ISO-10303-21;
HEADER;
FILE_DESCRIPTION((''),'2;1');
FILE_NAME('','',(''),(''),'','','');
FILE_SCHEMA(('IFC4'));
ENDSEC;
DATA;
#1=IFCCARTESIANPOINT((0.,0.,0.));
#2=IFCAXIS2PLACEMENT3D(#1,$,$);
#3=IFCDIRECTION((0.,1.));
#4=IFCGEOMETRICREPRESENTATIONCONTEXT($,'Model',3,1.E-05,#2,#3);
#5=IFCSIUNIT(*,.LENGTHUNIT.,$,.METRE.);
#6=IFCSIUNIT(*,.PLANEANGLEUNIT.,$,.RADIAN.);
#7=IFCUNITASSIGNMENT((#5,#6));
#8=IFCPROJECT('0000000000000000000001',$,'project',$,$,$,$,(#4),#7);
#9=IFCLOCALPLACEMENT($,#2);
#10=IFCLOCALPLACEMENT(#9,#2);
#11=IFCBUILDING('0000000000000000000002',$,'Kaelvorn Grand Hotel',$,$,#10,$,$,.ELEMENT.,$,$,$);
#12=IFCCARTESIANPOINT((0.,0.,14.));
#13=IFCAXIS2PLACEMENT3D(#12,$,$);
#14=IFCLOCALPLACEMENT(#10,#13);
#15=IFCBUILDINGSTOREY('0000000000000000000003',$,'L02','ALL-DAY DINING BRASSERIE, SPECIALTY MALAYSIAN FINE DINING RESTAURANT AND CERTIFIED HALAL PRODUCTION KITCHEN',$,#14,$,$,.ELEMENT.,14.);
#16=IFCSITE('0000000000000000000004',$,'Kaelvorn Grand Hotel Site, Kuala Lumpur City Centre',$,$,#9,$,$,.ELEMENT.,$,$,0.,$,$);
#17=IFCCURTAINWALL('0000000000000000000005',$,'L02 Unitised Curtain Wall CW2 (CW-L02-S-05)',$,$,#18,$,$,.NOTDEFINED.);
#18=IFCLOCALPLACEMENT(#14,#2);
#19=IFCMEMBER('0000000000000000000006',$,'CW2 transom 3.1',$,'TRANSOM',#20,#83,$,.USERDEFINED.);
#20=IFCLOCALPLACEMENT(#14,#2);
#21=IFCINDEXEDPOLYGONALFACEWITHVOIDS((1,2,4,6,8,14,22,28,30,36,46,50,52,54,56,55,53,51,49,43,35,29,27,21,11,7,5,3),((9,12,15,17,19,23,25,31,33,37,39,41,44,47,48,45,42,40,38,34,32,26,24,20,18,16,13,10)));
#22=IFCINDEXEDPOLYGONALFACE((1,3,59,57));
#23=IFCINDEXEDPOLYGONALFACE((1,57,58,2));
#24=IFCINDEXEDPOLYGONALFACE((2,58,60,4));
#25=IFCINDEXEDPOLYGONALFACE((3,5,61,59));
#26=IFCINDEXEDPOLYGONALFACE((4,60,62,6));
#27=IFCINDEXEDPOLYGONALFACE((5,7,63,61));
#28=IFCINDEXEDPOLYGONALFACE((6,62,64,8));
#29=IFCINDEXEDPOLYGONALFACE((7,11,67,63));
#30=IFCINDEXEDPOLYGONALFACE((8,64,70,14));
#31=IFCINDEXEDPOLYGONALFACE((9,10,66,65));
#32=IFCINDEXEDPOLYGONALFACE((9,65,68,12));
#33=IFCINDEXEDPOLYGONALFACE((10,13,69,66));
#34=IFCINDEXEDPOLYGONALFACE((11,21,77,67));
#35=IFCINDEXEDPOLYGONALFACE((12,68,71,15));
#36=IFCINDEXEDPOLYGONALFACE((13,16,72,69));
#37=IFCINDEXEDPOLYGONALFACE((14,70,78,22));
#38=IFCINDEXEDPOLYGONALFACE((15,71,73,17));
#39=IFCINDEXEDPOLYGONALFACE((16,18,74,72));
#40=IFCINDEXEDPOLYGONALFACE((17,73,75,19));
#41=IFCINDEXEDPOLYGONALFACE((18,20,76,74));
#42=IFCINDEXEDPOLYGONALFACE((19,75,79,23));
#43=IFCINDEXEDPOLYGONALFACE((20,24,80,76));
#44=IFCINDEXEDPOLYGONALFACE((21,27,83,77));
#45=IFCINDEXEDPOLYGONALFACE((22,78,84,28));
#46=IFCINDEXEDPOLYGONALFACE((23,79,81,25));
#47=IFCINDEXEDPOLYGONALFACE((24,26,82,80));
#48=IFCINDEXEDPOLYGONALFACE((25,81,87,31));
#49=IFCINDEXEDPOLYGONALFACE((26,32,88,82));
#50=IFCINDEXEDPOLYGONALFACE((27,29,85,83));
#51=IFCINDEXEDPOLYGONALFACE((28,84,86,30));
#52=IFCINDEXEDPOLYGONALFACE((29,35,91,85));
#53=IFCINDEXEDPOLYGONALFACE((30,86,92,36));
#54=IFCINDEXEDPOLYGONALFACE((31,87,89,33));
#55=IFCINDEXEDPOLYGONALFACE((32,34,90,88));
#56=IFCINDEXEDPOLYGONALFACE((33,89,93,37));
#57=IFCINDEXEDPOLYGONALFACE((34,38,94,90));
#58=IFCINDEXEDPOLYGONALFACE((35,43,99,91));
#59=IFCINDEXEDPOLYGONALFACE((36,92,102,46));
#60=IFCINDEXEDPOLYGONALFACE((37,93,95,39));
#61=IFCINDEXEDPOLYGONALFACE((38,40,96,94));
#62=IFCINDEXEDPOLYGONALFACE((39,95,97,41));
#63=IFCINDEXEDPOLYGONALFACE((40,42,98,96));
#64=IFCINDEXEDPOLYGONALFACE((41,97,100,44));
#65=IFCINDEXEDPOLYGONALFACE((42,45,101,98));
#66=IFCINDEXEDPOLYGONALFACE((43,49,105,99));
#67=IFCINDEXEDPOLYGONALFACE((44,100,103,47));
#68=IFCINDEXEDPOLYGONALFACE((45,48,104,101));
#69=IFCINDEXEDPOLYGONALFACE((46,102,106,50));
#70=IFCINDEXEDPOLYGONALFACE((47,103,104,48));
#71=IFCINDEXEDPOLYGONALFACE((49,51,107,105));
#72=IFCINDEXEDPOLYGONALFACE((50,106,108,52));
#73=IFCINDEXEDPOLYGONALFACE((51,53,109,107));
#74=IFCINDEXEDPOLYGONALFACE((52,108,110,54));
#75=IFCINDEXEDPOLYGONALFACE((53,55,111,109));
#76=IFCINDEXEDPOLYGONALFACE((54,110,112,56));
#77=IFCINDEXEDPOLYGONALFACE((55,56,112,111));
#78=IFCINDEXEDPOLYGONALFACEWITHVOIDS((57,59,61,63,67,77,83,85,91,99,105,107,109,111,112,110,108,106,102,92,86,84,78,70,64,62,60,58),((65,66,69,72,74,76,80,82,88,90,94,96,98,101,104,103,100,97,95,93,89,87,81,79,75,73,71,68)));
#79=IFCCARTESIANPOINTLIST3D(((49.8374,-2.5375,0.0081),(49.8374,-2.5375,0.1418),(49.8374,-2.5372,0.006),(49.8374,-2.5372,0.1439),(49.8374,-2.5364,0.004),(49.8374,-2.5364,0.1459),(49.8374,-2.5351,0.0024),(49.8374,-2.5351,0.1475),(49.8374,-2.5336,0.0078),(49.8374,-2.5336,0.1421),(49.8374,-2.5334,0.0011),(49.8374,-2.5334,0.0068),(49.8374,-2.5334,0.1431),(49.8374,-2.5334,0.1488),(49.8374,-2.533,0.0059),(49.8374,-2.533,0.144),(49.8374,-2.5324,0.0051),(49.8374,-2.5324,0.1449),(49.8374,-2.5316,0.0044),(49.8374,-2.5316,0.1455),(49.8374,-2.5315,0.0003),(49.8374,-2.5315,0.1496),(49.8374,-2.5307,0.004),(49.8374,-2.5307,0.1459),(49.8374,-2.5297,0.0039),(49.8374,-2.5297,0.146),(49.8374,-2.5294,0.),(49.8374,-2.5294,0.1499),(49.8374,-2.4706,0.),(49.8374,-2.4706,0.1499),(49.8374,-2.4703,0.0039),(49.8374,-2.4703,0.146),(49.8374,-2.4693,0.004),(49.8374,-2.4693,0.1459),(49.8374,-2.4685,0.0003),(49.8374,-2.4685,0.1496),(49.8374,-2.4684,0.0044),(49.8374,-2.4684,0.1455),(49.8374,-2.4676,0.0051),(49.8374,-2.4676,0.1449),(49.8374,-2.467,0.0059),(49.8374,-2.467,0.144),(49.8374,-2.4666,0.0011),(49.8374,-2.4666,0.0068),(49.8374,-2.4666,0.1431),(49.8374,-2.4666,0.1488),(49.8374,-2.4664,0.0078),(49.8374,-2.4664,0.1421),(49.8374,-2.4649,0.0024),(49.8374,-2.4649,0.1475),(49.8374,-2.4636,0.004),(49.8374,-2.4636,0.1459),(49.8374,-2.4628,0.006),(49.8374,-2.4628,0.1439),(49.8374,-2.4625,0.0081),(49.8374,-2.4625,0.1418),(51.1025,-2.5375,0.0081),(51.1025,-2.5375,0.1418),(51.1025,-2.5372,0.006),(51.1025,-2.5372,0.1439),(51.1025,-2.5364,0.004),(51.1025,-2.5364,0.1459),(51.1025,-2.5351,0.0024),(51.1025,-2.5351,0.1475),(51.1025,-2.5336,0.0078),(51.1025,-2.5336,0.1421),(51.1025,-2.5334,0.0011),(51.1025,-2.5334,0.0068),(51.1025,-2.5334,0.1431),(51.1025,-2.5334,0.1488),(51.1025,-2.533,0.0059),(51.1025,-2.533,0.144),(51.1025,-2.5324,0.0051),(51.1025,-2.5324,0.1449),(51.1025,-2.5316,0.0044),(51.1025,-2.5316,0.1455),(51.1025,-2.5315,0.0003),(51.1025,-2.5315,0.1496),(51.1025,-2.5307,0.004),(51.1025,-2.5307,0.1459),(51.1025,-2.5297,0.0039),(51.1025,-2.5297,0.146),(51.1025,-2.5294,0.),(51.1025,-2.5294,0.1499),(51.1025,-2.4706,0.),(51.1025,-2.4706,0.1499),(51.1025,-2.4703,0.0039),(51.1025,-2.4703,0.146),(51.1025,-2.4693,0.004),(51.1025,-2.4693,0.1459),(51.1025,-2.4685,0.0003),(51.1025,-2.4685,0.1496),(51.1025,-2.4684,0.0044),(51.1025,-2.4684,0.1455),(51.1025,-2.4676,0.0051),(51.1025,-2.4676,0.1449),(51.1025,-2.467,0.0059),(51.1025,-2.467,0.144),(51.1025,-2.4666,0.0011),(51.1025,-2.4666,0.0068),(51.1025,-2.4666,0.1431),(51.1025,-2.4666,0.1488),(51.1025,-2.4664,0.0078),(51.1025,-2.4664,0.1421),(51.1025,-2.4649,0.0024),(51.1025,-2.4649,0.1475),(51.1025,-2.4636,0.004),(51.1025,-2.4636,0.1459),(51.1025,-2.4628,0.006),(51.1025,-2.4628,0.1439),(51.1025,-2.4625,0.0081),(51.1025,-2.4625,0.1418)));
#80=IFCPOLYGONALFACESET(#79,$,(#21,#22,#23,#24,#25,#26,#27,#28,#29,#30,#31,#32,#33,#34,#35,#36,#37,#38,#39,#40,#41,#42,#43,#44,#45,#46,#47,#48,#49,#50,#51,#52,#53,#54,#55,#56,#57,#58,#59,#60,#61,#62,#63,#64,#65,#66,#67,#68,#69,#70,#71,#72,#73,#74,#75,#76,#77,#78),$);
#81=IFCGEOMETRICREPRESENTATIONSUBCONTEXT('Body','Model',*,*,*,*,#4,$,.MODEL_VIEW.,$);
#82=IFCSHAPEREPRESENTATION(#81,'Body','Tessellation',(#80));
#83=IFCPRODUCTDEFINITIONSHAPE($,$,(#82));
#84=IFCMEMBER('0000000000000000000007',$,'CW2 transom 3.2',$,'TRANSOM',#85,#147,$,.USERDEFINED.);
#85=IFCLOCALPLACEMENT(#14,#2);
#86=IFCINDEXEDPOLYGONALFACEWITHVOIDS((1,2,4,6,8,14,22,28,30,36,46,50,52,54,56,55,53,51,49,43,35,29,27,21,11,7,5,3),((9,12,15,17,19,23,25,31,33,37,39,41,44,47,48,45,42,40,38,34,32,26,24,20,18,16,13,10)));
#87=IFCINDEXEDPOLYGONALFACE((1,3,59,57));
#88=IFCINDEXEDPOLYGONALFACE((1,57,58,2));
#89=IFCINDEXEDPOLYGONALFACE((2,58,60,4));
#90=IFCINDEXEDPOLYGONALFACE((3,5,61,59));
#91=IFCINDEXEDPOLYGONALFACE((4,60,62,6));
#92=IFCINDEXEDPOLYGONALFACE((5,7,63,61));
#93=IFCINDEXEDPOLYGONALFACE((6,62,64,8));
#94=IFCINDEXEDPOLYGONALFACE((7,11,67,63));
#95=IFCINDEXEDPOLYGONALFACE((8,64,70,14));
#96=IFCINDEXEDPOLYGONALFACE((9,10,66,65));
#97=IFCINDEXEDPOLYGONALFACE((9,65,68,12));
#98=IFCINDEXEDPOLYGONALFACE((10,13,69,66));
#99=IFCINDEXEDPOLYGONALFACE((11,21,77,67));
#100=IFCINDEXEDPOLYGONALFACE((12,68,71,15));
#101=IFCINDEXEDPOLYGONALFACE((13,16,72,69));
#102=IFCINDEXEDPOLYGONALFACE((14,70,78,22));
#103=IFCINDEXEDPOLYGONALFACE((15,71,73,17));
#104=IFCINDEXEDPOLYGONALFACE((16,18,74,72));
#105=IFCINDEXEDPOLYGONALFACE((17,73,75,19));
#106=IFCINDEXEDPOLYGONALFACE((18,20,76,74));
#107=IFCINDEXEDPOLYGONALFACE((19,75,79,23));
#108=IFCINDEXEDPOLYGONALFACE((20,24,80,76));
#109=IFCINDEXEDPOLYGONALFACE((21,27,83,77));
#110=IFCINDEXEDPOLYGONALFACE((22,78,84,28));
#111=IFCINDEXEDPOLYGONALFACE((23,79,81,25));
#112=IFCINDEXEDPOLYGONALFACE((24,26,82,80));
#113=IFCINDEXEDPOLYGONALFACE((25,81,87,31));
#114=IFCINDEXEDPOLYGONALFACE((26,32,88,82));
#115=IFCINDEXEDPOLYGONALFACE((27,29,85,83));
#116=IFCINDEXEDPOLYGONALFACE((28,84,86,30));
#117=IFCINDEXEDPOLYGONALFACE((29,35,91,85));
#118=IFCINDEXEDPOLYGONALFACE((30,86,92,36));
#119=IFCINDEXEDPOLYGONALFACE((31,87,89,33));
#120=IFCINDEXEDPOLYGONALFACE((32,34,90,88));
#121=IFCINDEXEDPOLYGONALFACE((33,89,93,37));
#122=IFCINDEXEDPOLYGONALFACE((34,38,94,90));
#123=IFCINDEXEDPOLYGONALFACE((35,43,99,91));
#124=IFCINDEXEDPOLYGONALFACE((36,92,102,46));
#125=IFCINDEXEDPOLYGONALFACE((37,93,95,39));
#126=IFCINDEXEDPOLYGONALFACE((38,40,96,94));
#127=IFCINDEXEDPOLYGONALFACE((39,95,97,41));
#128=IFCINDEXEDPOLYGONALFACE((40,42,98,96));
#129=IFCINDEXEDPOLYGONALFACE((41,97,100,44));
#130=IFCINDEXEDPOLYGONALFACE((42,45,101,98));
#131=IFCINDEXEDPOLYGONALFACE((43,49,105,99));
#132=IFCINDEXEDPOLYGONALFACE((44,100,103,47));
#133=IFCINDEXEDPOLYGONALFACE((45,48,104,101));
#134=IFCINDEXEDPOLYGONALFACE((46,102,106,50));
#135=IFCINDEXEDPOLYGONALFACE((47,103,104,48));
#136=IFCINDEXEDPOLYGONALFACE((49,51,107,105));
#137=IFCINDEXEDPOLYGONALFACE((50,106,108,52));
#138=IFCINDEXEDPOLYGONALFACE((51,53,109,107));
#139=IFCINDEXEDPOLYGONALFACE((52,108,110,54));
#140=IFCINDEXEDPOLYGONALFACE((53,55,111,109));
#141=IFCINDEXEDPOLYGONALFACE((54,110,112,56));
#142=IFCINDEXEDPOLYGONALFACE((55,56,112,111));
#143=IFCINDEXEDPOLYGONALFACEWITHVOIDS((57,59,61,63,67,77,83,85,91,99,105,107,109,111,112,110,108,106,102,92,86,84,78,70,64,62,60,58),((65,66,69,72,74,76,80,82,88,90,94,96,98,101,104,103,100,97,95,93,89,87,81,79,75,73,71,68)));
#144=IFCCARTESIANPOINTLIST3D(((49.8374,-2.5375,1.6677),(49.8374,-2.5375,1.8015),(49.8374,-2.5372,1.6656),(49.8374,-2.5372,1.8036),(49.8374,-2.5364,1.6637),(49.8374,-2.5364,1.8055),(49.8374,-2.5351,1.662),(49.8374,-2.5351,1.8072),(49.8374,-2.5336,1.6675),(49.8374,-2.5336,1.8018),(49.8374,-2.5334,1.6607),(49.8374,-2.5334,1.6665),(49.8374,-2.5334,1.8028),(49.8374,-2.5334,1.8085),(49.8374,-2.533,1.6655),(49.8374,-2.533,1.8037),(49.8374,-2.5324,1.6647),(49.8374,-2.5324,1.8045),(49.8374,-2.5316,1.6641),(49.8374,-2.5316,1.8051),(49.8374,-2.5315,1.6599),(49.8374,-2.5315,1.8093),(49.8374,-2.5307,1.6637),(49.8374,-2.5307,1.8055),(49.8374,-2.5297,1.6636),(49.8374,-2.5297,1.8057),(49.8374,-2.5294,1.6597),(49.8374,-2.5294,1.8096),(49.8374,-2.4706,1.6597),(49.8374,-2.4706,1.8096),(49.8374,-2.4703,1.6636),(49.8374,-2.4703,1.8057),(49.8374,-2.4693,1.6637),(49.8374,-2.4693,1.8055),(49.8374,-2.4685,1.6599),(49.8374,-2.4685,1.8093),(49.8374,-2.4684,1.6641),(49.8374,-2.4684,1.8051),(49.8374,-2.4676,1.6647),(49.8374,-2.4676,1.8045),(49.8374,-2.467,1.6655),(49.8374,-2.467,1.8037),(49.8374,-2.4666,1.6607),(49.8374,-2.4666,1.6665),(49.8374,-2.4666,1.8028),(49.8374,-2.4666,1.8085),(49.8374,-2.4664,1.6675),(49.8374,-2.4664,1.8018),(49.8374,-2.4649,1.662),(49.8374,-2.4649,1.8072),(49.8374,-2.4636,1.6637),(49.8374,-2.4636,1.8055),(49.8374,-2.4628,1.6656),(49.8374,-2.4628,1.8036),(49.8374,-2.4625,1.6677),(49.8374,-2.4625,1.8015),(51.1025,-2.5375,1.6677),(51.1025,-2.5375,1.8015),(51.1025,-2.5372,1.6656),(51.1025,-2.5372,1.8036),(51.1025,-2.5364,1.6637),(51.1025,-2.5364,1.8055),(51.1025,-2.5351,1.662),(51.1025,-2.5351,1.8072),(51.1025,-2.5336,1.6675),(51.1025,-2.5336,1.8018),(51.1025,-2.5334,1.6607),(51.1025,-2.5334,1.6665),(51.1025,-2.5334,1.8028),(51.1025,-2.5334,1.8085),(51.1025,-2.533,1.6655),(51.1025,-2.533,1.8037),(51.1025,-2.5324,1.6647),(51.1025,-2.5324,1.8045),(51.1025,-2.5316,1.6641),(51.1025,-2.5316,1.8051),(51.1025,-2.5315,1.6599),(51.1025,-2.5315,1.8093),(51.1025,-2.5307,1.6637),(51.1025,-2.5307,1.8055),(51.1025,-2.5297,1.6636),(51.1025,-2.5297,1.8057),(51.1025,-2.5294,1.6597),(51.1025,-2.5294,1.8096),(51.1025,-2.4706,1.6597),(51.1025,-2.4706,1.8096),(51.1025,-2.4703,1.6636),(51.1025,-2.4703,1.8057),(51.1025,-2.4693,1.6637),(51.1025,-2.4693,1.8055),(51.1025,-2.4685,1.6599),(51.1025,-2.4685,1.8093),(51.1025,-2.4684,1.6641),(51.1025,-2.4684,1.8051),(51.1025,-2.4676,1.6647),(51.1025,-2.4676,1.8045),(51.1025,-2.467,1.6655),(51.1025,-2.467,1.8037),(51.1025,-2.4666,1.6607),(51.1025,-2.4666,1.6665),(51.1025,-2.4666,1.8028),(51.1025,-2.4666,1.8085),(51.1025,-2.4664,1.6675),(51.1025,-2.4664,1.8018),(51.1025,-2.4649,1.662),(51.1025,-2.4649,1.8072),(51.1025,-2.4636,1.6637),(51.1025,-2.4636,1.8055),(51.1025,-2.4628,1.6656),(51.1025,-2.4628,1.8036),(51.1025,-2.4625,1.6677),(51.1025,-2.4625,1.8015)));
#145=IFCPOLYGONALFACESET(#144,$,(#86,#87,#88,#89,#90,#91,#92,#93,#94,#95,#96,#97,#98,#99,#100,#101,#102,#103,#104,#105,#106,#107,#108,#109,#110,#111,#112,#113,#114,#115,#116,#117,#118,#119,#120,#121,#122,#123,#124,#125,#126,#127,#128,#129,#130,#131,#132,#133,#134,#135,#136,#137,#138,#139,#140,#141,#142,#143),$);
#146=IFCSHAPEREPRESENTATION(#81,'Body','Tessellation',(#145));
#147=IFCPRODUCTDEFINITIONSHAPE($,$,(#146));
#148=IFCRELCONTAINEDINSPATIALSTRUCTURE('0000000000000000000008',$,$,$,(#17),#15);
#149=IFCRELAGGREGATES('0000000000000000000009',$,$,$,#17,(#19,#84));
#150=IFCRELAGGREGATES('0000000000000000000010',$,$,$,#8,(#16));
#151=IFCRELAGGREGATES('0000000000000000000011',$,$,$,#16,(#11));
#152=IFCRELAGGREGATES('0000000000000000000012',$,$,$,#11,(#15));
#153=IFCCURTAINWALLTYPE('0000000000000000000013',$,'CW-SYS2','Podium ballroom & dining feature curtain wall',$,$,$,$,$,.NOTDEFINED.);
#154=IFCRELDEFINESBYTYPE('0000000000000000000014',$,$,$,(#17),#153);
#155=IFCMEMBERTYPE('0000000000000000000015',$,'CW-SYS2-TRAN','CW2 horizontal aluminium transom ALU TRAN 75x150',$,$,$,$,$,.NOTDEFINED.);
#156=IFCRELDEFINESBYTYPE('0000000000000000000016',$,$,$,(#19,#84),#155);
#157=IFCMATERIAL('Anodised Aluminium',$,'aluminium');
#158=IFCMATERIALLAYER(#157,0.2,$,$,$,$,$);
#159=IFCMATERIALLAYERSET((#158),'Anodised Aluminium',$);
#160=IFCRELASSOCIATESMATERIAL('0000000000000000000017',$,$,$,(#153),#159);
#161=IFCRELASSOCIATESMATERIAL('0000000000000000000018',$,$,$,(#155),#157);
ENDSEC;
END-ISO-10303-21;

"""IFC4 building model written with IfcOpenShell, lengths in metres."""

from ifc_helpers import new_model, si_unit, direction, frame, origin, origin_2d, place, context, subcontext, project, spatial, hollow_rectangle, extrude, material, layer, layer_set, material_profile, profile_set, type_object, element, aggregate, save


model = new_model("IFC4")

# Units and contexts
model_context = context("Model", 3, precision=1e-05, world=origin(), true_north=direction((0.0, 1.0)))
body_context = subcontext(model_context, "Body", "Model", "MODEL_VIEW")
ifc_project = project(units=[si_unit("LENGTHUNIT", "METRE"), si_unit("PLANEANGLEUNIT", "RADIAN")], contexts=[model_context])

# Site, building, storey
site_placement = place(None, origin())
site = spatial("IfcSite", under=ifc_project, at=site_placement, Name="Kaelvorn Grand Hotel Site, Kuala Lumpur City Centre", CompositionType="ELEMENT", RefElevation=0.0)
building_placement = place(site_placement, origin())
building = spatial("IfcBuilding", under=site, at=building_placement, Name="Kaelvorn Grand Hotel", CompositionType="ELEMENT")
storey_placement = place(building_placement, frame((0.0, 0.0, 14.0)))
storey = spatial("IfcBuildingStorey", under=building, at=storey_placement, Name="L02", Description="ALL-DAY DINING BRASSERIE, SPECIALTY MALAYSIAN FINE DINING RESTAURANT AND CERTIFIED HALAL PRODUCTION KITCHEN", CompositionType="ELEMENT", Elevation=14.0)

# Curtain wall
ifc_material_1 = material(Name="Anodised Aluminium", Category="aluminium")
ifc_layer_1 = layer(ifc_material_1, 0.2)
ifc_layer_set_1 = layer_set([ifc_layer_1], Name="Anodised Aluminium")
curtain_wall_type = type_object("IfcCurtainWallType", Name="CW-SYS2", Description="Podium ballroom & dining feature curtain wall", PredefinedType="NOTDEFINED", material=ifc_layer_set_1)
curtain_wall_1_placement = place(storey_placement, origin())
curtain_wall_1 = element("IfcCurtainWall", 1, at=curtain_wall_1_placement, inside=storey, type_object=curtain_wall_type, Name="L02 Unitised Curtain Wall CW2 (CW-L02-S-05)", PredefinedType="NOTDEFINED")

# Members
ifc_material_profile_1 = material_profile(ifc_material_1, hollow_rectangle(XDim=0.075, YDim=0.1499, WallThickness=0.0039, InnerFilletRadius=0.0039, OuterFilletRadius=0.0081, at=origin_2d()), Name="ALU TRAN 75x150")
ifc_profile_set_1 = profile_set([ifc_material_profile_1], Name="Anodised Aluminium")
member_type_1 = type_object("IfcMemberType", Name="CW-SYS2-TRAN", Description="CW2 horizontal aluminium transom ALU TRAN 75x150", PredefinedType="NOTDEFINED", material=ifc_profile_set_1)
member_1_placement = place(storey_placement, frame((49.8374, -2.5, 0.075), z_axis=(1.0, 0.0, 0.0), x_axis=(0.0, 1.0, 0.0)))
member_1 = element("IfcMember", 2, at=member_1_placement, type_object=member_type_1, Name="CW2 transom 3.1", ObjectType="TRANSOM", PredefinedType="USERDEFINED", context=body_context, shape_type="SweptSolid", body=[
    extrude(hollow_rectangle(XDim=0.075, YDim=0.1499, WallThickness=0.0039, InnerFilletRadius=0.0039, OuterFilletRadius=0.0081, at=origin_2d()), origin(), (0.0, 0.0, 1.0), 1.2651),
])
member_2_placement = place(storey_placement, frame((49.8374, -2.5, 1.7346), z_axis=(1.0, 0.0, 0.0), x_axis=(0.0, 1.0, 0.0)))
member_2 = element("IfcMember", 3, at=member_2_placement, type_object=member_type_1, Name="CW2 transom 3.2", ObjectType="TRANSOM", PredefinedType="USERDEFINED", context=body_context, shape_type="SweptSolid", body=[
    extrude(hollow_rectangle(XDim=0.075, YDim=0.1499, WallThickness=0.0039, InnerFilletRadius=0.0039, OuterFilletRadius=0.0081, at=origin_2d()), origin(), (0.0, 0.0, 1.0), 1.2651),
])

aggregate(curtain_wall_1, [member_1, member_2])

save(model, "model.ifc")
